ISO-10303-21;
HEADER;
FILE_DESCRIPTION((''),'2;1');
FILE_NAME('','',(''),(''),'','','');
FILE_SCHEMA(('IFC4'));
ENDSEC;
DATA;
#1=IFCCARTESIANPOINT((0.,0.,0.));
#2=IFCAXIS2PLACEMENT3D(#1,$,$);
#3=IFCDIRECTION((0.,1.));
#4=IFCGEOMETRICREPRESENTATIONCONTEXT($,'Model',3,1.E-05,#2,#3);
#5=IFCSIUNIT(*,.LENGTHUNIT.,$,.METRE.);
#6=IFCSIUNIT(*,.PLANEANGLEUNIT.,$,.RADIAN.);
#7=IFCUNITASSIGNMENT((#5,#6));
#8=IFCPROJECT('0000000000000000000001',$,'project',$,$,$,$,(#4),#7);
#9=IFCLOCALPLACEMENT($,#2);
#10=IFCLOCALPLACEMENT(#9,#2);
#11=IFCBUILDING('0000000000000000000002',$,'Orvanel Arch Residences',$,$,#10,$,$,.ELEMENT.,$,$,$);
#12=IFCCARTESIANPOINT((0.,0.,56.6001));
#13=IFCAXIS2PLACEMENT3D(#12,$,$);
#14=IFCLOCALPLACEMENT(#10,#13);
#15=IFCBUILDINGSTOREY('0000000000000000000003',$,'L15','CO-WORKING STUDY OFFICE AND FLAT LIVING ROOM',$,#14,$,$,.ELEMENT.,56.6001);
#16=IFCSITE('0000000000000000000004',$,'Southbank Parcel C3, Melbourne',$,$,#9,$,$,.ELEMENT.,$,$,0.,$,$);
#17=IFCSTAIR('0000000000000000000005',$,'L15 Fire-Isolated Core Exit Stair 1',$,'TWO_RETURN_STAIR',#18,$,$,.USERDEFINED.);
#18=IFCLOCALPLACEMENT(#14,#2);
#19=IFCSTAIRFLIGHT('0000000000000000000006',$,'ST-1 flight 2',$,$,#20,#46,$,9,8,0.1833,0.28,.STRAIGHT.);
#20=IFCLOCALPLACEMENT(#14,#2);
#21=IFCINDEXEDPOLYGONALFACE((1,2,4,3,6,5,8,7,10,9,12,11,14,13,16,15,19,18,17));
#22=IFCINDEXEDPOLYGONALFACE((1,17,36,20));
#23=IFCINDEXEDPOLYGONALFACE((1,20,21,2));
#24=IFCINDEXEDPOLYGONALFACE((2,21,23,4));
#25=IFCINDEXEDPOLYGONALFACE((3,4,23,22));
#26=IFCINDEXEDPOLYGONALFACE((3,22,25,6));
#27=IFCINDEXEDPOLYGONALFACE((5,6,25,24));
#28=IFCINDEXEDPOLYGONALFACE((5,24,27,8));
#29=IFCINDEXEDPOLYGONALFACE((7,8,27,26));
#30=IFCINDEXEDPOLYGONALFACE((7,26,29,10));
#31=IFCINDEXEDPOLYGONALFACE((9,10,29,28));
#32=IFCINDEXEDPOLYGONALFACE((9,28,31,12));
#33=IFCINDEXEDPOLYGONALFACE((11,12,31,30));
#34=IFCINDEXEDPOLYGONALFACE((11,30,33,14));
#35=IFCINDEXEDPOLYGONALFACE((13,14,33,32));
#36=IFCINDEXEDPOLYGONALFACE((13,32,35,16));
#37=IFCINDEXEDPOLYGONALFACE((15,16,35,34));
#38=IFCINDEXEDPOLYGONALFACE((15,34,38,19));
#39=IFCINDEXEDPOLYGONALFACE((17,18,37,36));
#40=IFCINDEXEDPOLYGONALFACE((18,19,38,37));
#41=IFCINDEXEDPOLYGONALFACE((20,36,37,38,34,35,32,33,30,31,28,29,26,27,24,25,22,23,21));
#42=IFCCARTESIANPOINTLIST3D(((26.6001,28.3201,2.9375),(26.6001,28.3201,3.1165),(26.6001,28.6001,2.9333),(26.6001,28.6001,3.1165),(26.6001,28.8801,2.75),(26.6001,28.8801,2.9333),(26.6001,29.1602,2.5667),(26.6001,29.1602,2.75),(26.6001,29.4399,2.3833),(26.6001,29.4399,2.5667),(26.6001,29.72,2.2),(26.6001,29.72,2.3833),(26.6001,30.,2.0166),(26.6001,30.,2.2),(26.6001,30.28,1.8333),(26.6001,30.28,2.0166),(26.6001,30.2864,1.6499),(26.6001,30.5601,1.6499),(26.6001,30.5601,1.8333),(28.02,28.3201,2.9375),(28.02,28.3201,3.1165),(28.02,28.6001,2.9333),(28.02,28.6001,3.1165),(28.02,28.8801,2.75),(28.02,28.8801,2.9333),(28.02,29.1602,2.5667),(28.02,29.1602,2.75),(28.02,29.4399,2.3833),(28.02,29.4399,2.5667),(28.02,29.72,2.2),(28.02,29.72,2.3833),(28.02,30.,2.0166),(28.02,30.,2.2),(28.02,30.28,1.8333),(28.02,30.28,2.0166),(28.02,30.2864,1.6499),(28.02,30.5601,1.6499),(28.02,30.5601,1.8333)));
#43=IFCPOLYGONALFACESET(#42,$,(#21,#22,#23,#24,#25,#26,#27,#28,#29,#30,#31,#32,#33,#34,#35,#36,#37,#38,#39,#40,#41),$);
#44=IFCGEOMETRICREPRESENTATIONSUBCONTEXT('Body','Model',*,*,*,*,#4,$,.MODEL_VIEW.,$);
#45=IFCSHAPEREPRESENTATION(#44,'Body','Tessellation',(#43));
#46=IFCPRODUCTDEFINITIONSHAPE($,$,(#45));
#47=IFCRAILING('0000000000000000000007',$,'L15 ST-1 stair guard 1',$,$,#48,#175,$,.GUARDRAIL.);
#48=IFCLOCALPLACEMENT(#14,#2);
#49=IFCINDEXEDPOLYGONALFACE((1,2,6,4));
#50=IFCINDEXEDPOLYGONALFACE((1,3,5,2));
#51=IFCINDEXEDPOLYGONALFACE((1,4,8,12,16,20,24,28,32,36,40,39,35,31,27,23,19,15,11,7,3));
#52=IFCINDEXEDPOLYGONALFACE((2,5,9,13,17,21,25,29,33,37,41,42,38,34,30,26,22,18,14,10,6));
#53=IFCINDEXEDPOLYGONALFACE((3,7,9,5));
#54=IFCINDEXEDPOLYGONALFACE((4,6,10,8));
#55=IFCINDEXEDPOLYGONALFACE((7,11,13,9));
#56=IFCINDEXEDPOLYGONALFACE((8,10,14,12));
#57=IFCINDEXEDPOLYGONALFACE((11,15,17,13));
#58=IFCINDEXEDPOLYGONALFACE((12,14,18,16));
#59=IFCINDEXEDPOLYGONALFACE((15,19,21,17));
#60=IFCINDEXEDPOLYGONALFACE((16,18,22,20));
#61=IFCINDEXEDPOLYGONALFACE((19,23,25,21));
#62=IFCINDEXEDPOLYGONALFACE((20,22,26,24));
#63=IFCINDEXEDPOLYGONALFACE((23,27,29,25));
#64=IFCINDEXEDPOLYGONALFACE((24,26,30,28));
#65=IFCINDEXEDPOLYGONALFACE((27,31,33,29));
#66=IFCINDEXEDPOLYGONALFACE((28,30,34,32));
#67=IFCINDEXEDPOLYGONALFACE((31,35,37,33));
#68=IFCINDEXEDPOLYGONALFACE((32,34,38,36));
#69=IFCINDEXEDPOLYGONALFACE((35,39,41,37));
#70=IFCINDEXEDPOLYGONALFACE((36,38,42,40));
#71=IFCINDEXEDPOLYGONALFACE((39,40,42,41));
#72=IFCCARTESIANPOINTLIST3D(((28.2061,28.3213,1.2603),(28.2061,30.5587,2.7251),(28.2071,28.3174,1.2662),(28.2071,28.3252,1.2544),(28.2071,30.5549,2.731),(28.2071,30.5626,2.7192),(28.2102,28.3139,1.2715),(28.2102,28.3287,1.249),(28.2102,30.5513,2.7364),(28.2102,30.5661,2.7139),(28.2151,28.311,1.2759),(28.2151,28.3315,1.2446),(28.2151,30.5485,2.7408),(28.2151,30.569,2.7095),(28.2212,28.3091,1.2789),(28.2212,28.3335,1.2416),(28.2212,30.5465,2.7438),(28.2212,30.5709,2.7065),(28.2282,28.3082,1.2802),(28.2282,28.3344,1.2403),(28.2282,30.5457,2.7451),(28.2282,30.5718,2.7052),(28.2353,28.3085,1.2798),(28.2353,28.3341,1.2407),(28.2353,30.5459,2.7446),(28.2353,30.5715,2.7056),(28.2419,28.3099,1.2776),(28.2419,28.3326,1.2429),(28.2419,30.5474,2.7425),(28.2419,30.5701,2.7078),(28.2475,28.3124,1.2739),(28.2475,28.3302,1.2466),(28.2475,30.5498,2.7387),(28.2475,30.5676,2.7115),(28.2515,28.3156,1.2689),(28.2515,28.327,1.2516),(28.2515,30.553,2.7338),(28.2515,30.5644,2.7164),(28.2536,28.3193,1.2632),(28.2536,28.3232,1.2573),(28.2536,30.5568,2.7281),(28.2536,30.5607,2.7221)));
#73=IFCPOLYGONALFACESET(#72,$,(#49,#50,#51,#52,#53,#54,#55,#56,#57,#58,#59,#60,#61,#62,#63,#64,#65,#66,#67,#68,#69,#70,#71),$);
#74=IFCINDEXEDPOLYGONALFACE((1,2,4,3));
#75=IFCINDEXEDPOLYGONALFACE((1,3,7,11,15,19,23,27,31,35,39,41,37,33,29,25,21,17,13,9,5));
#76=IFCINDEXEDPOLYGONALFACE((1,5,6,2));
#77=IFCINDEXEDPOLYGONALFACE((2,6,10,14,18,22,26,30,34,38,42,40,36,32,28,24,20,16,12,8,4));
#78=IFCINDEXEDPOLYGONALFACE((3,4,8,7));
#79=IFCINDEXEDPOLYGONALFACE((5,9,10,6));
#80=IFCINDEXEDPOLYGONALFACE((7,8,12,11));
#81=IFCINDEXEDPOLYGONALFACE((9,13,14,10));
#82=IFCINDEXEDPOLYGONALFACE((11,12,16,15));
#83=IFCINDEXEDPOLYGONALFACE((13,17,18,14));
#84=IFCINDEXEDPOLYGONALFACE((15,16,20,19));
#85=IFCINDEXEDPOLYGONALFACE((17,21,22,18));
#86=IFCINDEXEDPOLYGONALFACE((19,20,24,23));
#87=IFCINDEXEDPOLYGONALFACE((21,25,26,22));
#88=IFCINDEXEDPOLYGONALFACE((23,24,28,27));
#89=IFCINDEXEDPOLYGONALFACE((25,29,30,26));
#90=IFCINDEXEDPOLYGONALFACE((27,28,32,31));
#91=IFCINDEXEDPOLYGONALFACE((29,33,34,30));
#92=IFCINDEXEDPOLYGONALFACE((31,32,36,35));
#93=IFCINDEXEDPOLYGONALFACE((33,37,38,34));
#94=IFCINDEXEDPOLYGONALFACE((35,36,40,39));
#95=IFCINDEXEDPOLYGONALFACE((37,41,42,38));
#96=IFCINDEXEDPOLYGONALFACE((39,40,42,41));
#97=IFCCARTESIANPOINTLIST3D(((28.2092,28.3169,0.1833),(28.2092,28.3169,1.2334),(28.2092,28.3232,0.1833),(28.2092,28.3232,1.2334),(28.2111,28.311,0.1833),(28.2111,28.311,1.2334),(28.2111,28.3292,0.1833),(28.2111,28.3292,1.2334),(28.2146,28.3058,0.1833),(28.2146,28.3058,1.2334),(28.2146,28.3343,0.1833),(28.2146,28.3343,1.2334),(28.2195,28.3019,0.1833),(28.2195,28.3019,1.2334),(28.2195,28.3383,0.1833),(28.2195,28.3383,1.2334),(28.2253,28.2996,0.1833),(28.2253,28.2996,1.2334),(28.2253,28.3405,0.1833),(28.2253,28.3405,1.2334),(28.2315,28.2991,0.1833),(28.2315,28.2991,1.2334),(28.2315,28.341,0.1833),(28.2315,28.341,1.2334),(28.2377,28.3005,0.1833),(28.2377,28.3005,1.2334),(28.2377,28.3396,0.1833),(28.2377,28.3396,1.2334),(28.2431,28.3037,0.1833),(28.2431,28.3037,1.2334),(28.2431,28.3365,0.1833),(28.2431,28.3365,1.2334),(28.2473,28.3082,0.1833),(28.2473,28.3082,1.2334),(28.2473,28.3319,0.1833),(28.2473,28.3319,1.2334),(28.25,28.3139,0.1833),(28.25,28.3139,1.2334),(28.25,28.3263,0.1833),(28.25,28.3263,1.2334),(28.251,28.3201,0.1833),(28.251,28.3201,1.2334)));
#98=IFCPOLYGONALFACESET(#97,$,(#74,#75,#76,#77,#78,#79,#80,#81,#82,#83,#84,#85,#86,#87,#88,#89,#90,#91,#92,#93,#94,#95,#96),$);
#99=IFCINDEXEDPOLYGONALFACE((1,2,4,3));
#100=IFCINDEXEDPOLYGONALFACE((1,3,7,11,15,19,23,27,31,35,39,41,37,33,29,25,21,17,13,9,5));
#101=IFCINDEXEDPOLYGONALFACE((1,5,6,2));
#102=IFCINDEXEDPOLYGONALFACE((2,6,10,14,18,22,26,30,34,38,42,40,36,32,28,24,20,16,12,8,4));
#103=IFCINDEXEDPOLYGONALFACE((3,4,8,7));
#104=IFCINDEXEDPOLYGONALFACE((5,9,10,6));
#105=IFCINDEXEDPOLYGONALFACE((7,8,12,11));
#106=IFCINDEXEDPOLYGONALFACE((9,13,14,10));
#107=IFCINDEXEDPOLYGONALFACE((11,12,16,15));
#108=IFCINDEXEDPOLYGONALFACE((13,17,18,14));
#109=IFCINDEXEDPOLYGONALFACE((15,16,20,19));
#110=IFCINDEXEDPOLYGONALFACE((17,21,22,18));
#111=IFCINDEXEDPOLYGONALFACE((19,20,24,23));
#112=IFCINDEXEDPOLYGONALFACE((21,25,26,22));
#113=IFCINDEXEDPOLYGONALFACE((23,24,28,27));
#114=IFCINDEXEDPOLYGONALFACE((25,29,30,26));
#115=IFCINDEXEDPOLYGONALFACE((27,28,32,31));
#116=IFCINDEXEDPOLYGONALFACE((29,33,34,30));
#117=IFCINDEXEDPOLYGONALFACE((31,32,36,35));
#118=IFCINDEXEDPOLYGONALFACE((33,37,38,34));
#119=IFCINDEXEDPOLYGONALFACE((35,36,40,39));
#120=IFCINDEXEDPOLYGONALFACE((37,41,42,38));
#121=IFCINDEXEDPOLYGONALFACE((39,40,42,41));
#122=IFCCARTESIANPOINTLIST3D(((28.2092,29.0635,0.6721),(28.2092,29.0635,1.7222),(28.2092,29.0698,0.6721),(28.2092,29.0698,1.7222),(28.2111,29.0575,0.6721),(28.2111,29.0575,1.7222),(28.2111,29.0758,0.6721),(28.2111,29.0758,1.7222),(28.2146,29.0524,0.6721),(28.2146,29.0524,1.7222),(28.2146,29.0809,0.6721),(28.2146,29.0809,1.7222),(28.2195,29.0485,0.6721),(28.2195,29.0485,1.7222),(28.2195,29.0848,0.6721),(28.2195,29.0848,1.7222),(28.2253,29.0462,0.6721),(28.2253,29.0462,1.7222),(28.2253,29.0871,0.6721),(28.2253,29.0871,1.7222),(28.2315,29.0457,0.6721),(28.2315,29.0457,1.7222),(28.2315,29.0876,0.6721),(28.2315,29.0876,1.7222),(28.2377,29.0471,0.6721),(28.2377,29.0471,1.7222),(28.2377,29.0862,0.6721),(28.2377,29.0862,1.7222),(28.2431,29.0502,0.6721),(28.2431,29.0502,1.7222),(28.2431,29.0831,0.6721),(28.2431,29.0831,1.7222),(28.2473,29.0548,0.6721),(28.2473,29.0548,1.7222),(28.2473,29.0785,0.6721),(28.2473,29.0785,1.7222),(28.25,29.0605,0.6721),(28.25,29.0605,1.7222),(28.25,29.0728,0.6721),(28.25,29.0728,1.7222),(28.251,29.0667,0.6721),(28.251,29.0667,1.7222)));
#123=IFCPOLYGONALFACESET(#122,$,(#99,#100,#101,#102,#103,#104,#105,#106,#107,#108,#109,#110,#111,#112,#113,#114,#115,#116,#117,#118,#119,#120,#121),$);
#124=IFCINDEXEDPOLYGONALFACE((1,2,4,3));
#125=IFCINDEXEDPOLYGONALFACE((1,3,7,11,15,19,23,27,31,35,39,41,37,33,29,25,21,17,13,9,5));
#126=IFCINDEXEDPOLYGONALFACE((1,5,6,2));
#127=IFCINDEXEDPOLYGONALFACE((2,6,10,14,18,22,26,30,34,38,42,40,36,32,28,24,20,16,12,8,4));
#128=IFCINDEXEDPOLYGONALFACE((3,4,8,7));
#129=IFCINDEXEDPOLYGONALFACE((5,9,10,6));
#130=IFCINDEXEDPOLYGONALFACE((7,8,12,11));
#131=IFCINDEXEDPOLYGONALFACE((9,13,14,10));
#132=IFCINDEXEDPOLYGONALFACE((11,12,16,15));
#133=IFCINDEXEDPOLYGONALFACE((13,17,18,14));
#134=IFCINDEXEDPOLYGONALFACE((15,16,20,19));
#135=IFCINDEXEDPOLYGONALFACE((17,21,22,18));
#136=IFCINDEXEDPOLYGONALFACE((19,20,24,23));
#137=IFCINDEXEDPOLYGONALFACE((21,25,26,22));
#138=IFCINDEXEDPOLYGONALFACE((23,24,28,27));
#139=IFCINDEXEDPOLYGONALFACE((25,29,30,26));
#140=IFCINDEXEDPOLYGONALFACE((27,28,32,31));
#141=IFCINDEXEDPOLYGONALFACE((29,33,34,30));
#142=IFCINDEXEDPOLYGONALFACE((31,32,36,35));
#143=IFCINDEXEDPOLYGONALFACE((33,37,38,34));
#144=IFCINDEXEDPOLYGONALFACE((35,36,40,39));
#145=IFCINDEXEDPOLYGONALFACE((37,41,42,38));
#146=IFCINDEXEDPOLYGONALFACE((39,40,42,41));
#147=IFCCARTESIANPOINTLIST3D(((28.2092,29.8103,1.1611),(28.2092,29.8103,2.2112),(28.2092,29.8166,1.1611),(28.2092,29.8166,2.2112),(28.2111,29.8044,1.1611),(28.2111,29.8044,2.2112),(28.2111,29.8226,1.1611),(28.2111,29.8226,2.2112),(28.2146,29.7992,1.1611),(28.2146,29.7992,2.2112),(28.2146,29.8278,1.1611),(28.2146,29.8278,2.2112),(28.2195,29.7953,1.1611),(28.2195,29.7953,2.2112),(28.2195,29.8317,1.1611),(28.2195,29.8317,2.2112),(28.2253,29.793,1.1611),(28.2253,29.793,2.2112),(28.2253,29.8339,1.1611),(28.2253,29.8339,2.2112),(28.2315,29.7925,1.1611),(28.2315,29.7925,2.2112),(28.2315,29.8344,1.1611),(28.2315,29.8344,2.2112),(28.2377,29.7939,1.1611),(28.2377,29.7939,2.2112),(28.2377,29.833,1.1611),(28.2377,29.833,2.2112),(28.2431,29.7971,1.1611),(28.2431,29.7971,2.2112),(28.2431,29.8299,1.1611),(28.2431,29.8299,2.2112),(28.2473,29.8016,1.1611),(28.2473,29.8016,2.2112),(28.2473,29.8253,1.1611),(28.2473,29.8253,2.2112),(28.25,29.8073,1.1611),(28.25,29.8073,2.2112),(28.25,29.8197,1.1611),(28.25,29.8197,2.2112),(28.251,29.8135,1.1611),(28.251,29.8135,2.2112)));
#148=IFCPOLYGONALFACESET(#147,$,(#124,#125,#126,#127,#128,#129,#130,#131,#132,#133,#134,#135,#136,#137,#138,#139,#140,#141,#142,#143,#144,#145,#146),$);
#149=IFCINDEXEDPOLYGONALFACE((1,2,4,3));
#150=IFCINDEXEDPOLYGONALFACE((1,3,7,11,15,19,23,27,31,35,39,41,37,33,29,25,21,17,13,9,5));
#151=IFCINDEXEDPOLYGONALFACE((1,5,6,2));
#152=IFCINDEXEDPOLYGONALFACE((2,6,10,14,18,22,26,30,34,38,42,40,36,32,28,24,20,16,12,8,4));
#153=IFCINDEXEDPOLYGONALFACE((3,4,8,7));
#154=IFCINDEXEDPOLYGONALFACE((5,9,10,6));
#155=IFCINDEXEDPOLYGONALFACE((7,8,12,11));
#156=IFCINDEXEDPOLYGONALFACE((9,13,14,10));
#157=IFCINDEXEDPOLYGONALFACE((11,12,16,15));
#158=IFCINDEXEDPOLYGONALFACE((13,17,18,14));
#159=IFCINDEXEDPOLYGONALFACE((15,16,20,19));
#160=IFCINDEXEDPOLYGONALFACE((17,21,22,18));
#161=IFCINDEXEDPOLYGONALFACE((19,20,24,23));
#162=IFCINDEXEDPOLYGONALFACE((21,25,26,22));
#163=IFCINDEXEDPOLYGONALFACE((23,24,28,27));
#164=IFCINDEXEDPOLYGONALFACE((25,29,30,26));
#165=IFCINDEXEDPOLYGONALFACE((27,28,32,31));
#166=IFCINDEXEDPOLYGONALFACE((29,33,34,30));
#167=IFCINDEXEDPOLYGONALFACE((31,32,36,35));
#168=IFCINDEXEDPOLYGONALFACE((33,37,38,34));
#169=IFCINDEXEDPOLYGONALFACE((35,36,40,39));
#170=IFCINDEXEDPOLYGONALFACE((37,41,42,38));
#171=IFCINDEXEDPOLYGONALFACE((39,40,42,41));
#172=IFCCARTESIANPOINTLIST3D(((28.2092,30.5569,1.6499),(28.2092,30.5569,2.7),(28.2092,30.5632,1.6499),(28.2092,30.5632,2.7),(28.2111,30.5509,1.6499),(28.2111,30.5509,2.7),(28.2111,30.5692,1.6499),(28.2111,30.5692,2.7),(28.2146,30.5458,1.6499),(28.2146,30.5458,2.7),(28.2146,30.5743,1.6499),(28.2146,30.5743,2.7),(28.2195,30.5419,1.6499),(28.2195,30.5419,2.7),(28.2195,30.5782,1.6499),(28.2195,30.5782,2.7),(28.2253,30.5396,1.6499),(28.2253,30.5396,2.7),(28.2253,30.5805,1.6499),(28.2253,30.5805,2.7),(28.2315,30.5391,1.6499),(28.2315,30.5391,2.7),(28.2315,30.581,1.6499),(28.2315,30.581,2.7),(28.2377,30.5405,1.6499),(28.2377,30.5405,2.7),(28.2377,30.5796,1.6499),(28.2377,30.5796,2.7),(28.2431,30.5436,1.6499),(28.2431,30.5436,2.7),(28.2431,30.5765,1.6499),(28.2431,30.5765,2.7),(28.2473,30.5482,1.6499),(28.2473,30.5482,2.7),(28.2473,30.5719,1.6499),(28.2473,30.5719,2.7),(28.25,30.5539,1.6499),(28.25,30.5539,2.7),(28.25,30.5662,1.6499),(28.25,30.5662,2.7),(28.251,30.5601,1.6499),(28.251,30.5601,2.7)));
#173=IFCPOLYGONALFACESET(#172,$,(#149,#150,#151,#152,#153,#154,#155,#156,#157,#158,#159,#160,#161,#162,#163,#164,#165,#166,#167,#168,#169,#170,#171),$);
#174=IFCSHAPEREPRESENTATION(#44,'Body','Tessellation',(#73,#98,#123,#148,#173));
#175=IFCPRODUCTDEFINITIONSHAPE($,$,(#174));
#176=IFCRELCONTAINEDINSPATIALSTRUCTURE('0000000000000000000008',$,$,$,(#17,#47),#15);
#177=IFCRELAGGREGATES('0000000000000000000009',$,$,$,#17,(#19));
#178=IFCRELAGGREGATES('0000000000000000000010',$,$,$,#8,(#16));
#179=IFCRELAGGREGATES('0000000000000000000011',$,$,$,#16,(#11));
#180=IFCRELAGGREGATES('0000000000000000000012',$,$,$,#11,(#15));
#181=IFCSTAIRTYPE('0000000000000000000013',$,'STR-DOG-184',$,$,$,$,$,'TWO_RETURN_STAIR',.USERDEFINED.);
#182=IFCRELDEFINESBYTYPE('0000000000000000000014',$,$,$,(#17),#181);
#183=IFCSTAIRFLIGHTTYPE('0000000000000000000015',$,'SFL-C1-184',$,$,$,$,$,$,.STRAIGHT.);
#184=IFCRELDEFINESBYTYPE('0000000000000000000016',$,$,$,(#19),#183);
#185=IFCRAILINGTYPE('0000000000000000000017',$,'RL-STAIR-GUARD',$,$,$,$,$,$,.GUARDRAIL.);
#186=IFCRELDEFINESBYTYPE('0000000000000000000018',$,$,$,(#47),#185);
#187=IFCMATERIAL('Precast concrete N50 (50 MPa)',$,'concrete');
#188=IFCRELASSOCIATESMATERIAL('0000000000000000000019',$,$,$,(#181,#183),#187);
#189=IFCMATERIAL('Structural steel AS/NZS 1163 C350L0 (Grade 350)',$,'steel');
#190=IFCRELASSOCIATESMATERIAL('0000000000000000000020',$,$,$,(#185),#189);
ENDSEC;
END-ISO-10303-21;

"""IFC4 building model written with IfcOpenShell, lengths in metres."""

from ifc_helpers import new_model, si_unit, direction, frame, origin, origin_2d, place, context, subcontext, project, spatial, polyline, circle, outline, extrude, material, type_object, element, aggregate, save


model = new_model("IFC4")

# Units and contexts
model_context = context("Model", 3, precision=1e-05, world=origin(), true_north=direction((0.0, 1.0)))
body_context = subcontext(model_context, "Body", "Model", "MODEL_VIEW")
ifc_project = project(units=[si_unit("LENGTHUNIT", "METRE"), si_unit("PLANEANGLEUNIT", "RADIAN")], contexts=[model_context])

# Site, building, storey
site_placement = place(None, origin())
site = spatial("IfcSite", under=ifc_project, at=site_placement, Name="Southbank Parcel C3, Melbourne", CompositionType="ELEMENT", RefElevation=0.0)
building_placement = place(site_placement, origin())
building = spatial("IfcBuilding", under=site, at=building_placement, Name="Orvanel Arch Residences", CompositionType="ELEMENT")
storey_placement = place(building_placement, frame((0.0, 0.0, 56.6001)))
storey = spatial("IfcBuildingStorey", under=building, at=storey_placement, Name="L15", Description="CO-WORKING STUDY OFFICE AND FLAT LIVING ROOM", CompositionType="ELEMENT", Elevation=56.6001)

# Stair, stair flight
ifc_material_1 = material(Name="Precast concrete N50 (50 MPa)", Category="concrete")
stair_type = type_object("IfcStairType", Name="STR-DOG-184", ElementType="TWO_RETURN_STAIR", PredefinedType="USERDEFINED", material=ifc_material_1)
stair_placement = place(storey_placement, origin())
stair = element("IfcStair", 1, at=stair_placement, inside=storey, type_object=stair_type, Name="L15 Fire-Isolated Core Exit Stair 1", ObjectType="TWO_RETURN_STAIR", PredefinedType="USERDEFINED")
stair_flight_type = type_object("IfcStairFlightType", Name="SFL-C1-184", PredefinedType="STRAIGHT", material=ifc_material_1)
stair_flight_1_placement = place(storey_placement, frame((27.3101, 30.5601, 1.6499), z_axis=(0.0, 0.0, 1.0), x_axis=(0.0, -1.0, 0.0)))
stair_flight_1 = element("IfcStairFlight", 2, at=stair_flight_1_placement, type_object=stair_flight_type, Name="ST-1 flight 2", NumberOfRisers=9, NumberOfTreads=8, PredefinedType="STRAIGHT", RiserHeight=0.1833, TreadLength=0.28, context=body_context, shape_type="SweptSolid", body=[
    extrude(outline(polyline([(0.0, 0.0), (0.0, 0.1833), (0.28, 0.1833), (0.28, 0.3667), (0.5601, 0.3667), (0.5601, 0.55), (0.8401, 0.55), (0.8401, 0.7334), (1.1201, 0.7334), (1.1201, 0.9167), (1.3999, 0.9167), (1.3999, 1.1001), (1.6799, 1.1001), (1.6799, 1.2834), (1.96, 1.2834), (1.96, 1.4666), (2.24, 1.4666), (2.24, 1.6499), (2.24, 1.2876), (0.2737, 0.0), (0.0, 0.0)])), frame((0.0, 0.71, 0.0), z_axis=(0.0, -1.0, 0.0), x_axis=(1.0, 0.0, 0.0)), (0.0, 0.0, 1.0), 1.4199),
])
aggregate(stair, [stair_flight_1])

# Railing
ifc_material_2 = material(Name="Structural steel AS/NZS 1163 C350L0 (Grade 350)", Category="steel")
railing_type_1 = type_object("IfcRailingType", Name="RL-STAIR-GUARD", PredefinedType="GUARDRAIL", material=ifc_material_2)
railing_1_placement = place(storey_placement, frame((28.23, 28.3201, 0.1833)))
element("IfcRailing", 3, at=railing_1_placement, inside=storey, type_object=railing_type_1, Name="L15 ST-1 stair guard 1", PredefinedType="GUARDRAIL", context=body_context, shape_type="SweptSolid", body=[
    extrude(circle(Radius=0.0239, at=origin_2d()), frame((0.0, 0.0012, 1.0769), z_axis=(0.0, 0.836637, 0.547758), x_axis=(-1.0, 0.0, 0.0)), (0.0, 0.0, 1.0), 2.6743),
    extrude(circle(Radius=0.021, at=origin_2d()), origin(), (0.0, 0.0, 1.0), 1.05),
    extrude(circle(Radius=0.021, at=origin_2d()), frame((0.0, 0.7466, 0.4888)), (0.0, 0.0, 1.0), 1.05),
    extrude(circle(Radius=0.021, at=origin_2d()), frame((0.0, 1.4934, 0.9778)), (0.0, 0.0, 1.0), 1.05),
    extrude(circle(Radius=0.021, at=origin_2d()), frame((0.0, 2.24, 1.4666)), (0.0, 0.0, 1.0), 1.05),
])

save(model, "model.ifc")
